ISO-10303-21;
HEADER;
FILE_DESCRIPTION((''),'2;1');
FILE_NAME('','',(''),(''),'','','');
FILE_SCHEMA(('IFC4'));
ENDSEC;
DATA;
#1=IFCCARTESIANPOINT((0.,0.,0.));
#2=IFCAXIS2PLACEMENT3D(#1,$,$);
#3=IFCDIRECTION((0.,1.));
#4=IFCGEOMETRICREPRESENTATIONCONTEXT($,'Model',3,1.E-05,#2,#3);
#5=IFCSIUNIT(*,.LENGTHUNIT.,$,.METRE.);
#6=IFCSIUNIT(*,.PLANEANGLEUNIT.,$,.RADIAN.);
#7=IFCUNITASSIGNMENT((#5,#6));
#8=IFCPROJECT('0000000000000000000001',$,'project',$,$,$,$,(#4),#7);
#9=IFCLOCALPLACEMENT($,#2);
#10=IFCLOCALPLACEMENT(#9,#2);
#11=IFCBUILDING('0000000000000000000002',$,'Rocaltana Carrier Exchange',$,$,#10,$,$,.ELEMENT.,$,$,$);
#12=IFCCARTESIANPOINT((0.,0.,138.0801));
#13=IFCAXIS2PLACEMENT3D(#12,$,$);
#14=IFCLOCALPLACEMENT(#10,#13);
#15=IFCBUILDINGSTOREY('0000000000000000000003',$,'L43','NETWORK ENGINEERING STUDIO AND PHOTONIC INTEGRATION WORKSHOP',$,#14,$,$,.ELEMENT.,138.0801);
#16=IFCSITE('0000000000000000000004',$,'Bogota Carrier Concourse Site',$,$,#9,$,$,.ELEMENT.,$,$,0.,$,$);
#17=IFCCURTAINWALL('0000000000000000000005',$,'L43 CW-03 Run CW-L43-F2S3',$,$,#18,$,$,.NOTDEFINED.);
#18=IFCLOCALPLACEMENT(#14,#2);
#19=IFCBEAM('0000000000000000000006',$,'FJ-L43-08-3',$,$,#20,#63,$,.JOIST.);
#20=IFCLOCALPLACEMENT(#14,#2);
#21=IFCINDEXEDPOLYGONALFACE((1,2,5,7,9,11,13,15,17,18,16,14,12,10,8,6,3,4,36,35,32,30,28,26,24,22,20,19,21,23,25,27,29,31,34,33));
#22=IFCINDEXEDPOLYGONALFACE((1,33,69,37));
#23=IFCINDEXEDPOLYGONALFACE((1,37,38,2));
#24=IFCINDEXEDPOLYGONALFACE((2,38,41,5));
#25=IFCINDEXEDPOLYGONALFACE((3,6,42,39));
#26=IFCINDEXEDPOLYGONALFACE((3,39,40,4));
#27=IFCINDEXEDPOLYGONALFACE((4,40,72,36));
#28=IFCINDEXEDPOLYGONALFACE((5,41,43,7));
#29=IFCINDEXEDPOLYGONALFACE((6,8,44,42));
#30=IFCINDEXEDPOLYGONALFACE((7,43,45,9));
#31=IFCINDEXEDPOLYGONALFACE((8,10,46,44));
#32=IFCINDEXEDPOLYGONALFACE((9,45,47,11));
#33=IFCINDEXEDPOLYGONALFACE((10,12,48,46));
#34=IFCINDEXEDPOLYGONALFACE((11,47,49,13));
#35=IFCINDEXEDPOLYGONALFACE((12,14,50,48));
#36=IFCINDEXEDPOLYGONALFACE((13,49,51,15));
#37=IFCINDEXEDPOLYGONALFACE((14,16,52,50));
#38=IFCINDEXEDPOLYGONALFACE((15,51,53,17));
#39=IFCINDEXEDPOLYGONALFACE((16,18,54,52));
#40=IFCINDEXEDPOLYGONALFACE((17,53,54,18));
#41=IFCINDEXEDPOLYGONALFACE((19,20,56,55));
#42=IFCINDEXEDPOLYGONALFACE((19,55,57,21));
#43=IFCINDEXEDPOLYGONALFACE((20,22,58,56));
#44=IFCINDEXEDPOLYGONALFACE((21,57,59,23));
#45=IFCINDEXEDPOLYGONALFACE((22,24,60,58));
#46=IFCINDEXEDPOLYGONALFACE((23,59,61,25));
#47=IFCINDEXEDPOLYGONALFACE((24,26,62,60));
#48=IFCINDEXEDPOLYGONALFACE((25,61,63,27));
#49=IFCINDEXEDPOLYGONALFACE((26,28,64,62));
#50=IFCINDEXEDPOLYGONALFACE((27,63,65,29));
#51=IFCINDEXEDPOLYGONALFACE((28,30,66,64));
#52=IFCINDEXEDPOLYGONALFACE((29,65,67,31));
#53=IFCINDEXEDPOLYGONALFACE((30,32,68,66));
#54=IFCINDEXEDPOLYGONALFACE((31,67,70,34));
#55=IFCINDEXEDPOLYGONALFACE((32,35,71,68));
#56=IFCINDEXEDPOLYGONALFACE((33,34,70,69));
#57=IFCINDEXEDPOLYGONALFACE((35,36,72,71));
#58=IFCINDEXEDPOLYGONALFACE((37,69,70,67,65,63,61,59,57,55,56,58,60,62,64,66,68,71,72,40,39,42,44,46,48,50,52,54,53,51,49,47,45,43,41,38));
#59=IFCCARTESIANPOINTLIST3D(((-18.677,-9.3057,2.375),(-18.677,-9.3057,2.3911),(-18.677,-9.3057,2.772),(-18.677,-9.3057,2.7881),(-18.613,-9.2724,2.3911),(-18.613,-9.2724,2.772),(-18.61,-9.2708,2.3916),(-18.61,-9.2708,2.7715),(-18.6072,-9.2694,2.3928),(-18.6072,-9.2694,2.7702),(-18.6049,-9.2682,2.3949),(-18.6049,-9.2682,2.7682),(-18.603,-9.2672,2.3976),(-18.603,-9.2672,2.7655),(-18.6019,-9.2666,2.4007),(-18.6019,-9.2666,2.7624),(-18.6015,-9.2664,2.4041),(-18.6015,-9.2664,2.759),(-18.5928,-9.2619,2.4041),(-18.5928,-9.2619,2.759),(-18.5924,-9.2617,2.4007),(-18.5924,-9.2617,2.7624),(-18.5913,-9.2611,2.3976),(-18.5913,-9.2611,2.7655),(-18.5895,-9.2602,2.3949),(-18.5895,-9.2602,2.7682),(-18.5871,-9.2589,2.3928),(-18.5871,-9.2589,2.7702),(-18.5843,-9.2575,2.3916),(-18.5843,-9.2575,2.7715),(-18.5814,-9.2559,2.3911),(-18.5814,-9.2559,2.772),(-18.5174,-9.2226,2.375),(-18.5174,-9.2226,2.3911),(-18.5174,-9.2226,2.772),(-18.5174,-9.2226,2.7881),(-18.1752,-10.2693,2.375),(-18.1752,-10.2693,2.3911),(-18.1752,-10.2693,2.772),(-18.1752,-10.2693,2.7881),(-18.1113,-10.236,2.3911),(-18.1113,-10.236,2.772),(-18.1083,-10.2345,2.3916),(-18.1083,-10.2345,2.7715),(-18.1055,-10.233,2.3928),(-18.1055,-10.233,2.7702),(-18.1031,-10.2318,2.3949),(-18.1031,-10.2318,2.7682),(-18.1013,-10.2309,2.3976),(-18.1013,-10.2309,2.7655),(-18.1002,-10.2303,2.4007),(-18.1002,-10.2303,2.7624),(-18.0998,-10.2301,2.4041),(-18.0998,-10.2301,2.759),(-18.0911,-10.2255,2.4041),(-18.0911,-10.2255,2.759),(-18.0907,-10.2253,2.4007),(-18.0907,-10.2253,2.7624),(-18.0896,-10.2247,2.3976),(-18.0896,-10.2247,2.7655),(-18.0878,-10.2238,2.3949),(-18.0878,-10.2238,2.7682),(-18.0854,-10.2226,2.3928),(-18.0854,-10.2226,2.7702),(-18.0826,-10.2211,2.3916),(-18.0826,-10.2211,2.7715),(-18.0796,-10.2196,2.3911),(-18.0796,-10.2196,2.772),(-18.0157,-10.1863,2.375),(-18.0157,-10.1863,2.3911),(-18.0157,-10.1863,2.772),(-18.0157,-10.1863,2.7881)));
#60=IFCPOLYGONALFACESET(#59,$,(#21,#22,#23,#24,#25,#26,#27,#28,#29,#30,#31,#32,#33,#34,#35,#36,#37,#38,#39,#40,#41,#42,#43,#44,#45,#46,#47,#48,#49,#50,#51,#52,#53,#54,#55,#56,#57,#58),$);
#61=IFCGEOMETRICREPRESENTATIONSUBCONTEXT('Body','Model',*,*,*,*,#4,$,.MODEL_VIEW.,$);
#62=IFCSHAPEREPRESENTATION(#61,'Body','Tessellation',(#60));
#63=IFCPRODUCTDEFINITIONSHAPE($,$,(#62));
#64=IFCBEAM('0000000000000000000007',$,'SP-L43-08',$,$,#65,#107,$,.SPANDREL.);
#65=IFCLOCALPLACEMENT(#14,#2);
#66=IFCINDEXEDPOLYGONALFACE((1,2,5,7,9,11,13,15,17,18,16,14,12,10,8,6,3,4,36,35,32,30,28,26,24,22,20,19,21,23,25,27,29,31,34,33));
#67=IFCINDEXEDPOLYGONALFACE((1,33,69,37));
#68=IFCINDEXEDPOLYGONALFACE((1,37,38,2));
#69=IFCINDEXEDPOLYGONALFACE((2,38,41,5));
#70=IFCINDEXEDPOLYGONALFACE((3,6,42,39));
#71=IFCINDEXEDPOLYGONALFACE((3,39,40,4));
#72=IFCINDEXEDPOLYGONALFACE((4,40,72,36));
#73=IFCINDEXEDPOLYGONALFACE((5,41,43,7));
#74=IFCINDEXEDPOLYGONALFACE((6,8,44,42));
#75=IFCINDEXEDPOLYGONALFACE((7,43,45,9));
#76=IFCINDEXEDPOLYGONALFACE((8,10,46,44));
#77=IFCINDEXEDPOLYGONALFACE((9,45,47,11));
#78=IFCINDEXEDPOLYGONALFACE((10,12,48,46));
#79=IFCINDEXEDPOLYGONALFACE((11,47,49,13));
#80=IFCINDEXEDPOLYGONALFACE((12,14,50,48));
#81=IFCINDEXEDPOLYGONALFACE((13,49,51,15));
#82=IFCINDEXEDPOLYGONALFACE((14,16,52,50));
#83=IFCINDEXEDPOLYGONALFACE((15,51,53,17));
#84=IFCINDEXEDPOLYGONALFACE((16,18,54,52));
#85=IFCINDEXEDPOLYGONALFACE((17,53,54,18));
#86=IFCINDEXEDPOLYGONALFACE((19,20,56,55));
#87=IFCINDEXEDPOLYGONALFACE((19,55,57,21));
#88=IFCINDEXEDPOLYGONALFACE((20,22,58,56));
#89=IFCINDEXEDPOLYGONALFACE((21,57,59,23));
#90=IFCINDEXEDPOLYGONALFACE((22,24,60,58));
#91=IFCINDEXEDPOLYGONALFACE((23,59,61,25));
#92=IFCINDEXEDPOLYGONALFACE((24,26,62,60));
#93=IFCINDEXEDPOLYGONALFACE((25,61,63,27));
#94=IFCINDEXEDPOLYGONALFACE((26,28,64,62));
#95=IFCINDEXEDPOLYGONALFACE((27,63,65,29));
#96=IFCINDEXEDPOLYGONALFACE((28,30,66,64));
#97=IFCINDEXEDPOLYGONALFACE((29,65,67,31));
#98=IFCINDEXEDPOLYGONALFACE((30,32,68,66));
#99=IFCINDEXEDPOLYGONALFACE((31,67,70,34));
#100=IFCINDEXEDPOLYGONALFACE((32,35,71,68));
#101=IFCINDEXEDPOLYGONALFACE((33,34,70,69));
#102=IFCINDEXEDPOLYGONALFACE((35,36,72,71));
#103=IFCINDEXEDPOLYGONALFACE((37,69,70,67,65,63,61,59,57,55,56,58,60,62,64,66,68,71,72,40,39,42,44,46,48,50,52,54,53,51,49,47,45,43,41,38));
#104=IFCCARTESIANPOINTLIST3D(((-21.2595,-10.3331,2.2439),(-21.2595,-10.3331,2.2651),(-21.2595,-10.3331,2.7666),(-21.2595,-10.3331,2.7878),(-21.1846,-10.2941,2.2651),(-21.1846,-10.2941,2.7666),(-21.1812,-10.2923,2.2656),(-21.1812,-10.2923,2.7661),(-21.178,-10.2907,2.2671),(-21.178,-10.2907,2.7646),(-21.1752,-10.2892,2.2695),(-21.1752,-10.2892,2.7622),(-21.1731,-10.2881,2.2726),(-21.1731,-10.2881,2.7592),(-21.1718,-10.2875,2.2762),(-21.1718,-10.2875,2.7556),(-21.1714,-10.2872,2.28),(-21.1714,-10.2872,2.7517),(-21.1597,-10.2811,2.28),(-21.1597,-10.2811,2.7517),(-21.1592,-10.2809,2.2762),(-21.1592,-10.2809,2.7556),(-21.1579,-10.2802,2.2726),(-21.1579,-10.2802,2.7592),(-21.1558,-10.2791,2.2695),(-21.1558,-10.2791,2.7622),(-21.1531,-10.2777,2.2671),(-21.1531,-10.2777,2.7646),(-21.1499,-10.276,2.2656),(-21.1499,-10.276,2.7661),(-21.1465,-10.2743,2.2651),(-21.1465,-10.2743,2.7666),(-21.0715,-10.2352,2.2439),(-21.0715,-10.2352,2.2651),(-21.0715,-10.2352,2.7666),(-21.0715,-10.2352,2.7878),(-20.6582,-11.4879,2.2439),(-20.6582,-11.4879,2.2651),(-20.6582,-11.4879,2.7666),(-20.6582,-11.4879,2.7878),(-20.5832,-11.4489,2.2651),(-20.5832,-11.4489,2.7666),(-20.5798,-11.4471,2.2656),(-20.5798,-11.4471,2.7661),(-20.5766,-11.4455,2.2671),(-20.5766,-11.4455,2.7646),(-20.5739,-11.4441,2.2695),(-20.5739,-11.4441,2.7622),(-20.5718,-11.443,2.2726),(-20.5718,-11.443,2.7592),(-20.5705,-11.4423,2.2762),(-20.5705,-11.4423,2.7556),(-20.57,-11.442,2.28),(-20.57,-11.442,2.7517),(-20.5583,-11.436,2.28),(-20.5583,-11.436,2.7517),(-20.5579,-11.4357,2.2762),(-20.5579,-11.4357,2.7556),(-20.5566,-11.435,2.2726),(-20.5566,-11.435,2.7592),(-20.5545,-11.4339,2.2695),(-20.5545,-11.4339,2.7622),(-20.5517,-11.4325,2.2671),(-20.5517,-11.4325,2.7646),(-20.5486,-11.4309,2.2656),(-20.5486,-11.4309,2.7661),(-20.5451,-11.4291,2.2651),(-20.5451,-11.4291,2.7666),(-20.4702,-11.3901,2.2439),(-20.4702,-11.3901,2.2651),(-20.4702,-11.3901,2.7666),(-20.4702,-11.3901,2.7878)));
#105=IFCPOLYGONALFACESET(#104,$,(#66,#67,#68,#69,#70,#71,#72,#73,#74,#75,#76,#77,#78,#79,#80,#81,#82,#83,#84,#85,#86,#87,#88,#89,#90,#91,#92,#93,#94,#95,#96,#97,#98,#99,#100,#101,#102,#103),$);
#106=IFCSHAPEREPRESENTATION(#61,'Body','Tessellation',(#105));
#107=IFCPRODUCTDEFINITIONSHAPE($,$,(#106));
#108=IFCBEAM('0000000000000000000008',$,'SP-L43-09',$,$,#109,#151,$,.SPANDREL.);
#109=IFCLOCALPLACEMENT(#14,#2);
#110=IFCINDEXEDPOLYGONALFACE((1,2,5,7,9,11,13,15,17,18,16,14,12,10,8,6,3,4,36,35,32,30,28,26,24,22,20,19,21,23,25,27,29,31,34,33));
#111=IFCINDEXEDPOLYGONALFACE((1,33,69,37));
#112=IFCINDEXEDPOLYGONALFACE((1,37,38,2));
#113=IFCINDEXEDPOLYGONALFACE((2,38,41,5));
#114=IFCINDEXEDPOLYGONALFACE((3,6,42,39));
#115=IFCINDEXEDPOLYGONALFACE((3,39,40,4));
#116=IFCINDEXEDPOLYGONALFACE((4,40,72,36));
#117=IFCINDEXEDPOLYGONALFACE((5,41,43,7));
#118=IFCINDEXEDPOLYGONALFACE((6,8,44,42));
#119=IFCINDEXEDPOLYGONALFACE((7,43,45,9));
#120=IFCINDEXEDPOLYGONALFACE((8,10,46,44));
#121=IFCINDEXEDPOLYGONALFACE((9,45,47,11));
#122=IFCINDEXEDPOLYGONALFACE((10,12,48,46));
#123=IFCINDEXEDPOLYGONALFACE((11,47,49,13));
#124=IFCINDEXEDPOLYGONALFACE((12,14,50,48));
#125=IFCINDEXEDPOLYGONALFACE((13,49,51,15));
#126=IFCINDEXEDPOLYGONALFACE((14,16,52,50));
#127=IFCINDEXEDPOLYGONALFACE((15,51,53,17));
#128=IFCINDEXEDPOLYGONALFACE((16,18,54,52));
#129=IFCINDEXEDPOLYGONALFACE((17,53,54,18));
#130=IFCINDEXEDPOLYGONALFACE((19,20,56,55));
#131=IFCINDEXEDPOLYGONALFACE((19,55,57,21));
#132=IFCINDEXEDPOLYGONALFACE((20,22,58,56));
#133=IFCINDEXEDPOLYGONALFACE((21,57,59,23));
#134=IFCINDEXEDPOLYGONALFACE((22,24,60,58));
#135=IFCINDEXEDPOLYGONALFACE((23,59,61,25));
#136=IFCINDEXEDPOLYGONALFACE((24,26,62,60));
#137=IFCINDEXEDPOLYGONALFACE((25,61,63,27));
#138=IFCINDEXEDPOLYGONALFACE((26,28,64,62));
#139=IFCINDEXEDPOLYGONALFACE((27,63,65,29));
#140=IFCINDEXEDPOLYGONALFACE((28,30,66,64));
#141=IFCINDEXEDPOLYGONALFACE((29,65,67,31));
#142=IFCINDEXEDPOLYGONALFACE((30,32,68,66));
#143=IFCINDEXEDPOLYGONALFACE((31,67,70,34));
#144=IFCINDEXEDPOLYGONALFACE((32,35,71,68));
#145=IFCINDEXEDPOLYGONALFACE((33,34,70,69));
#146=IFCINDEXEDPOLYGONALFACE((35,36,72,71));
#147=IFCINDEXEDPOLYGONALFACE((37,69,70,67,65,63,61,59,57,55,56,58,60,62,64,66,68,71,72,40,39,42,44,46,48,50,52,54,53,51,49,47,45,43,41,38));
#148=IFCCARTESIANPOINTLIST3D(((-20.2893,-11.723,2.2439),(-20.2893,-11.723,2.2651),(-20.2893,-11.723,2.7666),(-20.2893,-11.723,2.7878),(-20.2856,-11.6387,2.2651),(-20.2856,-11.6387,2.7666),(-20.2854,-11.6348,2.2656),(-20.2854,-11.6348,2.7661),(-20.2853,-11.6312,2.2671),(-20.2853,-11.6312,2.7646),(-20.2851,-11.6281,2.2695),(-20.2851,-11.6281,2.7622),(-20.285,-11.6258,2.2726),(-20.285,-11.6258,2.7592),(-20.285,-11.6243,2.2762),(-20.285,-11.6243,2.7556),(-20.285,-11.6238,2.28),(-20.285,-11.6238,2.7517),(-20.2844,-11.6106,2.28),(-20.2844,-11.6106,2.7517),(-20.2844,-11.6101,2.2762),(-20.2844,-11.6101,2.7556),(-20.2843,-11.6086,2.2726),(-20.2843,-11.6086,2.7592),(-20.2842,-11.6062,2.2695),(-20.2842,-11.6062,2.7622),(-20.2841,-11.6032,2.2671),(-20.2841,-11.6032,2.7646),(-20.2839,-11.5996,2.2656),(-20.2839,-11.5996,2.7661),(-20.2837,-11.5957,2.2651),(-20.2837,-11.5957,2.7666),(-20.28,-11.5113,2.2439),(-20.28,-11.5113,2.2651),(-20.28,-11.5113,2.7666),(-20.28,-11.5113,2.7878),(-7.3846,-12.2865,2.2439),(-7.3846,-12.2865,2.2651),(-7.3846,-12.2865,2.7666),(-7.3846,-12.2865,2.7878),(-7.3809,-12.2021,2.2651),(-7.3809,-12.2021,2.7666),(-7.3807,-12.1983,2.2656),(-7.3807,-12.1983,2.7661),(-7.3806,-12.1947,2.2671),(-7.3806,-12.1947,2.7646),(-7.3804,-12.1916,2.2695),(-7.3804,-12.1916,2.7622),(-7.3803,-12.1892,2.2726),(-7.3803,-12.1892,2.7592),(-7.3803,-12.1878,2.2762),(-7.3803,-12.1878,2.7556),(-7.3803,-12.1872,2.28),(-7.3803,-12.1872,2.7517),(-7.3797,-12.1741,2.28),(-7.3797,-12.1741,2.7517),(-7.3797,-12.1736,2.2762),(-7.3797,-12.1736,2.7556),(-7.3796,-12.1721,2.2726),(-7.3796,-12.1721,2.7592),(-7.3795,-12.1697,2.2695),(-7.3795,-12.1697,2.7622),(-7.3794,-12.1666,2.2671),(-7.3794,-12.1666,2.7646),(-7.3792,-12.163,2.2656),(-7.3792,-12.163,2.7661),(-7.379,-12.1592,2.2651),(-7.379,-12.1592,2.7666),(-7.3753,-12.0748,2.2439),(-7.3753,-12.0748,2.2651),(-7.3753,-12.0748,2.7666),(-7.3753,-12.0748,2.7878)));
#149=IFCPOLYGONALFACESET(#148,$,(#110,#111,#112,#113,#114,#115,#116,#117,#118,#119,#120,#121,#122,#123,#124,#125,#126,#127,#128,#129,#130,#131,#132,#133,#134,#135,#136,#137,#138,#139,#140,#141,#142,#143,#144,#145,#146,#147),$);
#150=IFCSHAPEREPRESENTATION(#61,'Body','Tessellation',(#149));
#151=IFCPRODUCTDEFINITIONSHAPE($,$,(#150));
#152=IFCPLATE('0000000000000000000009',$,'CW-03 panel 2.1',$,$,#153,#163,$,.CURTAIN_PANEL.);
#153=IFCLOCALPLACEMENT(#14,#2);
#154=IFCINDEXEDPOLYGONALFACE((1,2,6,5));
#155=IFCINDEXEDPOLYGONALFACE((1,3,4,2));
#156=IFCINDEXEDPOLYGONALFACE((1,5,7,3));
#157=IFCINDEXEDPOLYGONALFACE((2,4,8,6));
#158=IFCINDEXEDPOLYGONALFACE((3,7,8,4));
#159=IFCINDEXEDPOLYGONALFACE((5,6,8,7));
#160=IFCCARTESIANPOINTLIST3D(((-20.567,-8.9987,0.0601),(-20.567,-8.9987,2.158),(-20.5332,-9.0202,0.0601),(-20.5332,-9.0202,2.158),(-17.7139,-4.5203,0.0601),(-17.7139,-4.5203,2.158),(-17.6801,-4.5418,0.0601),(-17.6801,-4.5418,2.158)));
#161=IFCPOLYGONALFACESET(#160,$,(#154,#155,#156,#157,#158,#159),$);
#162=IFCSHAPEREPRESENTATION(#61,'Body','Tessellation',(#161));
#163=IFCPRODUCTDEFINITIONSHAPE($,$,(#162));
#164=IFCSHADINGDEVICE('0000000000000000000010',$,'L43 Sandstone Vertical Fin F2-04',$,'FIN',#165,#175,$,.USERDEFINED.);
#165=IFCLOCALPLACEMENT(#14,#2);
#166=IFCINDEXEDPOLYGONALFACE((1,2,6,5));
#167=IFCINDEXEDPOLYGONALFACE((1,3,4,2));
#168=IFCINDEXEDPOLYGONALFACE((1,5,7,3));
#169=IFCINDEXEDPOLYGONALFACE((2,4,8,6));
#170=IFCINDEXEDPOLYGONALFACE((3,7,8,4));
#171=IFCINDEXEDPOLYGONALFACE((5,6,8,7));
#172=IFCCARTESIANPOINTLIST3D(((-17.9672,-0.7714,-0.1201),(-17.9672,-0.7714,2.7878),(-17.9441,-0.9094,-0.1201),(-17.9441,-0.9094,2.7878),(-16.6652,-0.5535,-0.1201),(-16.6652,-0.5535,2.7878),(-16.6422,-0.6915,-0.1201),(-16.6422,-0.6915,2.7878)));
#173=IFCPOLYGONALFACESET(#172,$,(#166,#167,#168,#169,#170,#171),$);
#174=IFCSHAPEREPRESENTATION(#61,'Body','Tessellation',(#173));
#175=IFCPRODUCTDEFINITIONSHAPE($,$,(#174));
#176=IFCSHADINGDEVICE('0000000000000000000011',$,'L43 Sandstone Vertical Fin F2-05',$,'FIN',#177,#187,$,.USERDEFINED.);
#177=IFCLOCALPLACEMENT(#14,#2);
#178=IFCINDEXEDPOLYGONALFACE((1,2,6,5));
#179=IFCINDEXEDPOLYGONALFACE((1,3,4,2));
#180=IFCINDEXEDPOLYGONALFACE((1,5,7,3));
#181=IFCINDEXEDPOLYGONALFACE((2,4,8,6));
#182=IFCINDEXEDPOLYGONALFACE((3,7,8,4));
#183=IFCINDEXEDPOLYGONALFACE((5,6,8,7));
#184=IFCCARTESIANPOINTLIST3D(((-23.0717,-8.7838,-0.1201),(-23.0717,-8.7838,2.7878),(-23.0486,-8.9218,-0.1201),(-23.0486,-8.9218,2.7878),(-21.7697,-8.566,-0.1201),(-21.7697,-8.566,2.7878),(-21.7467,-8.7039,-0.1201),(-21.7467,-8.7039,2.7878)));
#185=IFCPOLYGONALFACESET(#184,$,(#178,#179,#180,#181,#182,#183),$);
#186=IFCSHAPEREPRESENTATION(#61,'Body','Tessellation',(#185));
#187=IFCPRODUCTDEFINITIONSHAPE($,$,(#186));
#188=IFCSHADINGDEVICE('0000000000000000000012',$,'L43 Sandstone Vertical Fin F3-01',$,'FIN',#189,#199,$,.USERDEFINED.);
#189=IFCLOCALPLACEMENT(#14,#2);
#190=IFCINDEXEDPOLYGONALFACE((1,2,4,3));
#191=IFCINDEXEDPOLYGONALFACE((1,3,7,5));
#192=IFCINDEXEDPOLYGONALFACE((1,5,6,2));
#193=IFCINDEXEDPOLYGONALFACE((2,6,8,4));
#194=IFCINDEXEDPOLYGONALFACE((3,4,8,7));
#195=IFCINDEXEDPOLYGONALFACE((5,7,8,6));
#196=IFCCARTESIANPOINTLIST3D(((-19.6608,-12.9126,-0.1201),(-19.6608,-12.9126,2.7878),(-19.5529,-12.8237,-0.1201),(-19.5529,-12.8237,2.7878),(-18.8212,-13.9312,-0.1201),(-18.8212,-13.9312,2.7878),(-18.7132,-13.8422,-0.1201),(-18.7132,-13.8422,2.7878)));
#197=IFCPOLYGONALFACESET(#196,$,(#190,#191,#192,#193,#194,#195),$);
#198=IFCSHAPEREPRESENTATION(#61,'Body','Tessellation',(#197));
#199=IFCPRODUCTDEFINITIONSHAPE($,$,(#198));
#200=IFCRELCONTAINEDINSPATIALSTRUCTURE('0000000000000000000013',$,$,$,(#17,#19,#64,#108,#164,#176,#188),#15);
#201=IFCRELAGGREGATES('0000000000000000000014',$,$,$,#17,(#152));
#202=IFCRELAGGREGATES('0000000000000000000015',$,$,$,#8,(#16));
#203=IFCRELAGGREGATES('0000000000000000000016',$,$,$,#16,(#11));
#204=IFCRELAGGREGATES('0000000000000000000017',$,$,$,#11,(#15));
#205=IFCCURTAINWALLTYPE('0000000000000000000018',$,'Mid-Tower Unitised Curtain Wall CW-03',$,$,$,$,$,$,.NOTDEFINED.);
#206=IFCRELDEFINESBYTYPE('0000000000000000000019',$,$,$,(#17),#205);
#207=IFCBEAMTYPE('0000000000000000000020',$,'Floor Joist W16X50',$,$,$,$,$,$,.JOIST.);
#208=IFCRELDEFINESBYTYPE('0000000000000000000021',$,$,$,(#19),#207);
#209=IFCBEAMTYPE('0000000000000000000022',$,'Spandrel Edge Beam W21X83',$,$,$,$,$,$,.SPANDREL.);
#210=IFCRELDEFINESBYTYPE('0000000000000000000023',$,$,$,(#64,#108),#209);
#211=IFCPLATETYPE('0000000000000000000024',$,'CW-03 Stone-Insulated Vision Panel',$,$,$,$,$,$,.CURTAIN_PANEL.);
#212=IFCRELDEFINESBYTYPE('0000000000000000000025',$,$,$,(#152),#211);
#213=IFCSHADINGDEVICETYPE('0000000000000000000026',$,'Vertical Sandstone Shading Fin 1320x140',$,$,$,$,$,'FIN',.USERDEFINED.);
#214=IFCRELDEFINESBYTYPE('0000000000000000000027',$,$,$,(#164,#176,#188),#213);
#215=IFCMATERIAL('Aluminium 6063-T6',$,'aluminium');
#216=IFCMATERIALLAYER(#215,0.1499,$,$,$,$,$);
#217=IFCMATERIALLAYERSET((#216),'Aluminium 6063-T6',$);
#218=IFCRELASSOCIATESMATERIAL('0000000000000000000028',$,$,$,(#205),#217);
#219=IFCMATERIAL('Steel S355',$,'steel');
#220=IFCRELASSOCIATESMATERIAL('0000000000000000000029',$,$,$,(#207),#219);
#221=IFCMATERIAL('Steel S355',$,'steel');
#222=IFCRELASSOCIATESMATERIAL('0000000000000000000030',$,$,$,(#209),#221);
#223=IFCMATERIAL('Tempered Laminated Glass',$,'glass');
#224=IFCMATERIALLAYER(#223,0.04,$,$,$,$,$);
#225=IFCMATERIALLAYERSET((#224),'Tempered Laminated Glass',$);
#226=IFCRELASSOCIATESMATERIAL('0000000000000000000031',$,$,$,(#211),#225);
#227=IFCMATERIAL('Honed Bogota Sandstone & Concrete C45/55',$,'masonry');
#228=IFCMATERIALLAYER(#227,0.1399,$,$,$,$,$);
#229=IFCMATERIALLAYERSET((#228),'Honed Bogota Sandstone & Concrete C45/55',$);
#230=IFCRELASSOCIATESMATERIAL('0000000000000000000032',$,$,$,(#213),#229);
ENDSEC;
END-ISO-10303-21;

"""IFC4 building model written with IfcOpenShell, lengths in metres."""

from ifc_helpers import new_model, si_unit, direction, frame, origin, origin_2d, place, context, subcontext, project, spatial, rectangle, i_section, extrude, material, layer, layer_set, material_profile, profile_set, type_object, element, aggregate, save


model = new_model("IFC4")

# Units and contexts
model_context = context("Model", 3, precision=1e-05, world=origin(), true_north=direction((0.0, 1.0)))
body_context = subcontext(model_context, "Body", "Model", "MODEL_VIEW")
ifc_project = project(units=[si_unit("LENGTHUNIT", "METRE"), si_unit("PLANEANGLEUNIT", "RADIAN")], contexts=[model_context])

# Site, building, storey
site_placement = place(None, origin())
site = spatial("IfcSite", under=ifc_project, at=site_placement, Name="Bogota Carrier Concourse Site", CompositionType="ELEMENT", RefElevation=0.0)
building_placement = place(site_placement, origin())
building = spatial("IfcBuilding", under=site, at=building_placement, Name="Rocaltana Carrier Exchange", CompositionType="ELEMENT")
storey_placement = place(building_placement, frame((0.0, 0.0, 138.0801)))
storey = spatial("IfcBuildingStorey", under=building, at=storey_placement, Name="L43", Description="NETWORK ENGINEERING STUDIO AND PHOTONIC INTEGRATION WORKSHOP", CompositionType="ELEMENT", Elevation=138.0801)

# Curtain wall
ifc_material_1 = material(Name="Aluminium 6063-T6", Category="aluminium")
ifc_layer_1 = layer(ifc_material_1, 0.1499)
ifc_layer_set_1 = layer_set([ifc_layer_1], Name="Aluminium 6063-T6")
curtain_wall_type = type_object("IfcCurtainWallType", Name="Mid-Tower Unitised Curtain Wall CW-03", PredefinedType="NOTDEFINED", material=ifc_layer_set_1)
curtain_wall_1_placement = place(storey_placement, origin())
curtain_wall_1 = element("IfcCurtainWall", 1, at=curtain_wall_1_placement, inside=storey, type_object=curtain_wall_type, Name="L43 CW-03 Run CW-L43-F2S3", PredefinedType="NOTDEFINED")

# Beams
ifc_material_2 = material(Name="Steel S355", Category="steel")
ifc_material_profile_1 = material_profile(ifc_material_2, i_section(OverallWidth=0.1799, OverallDepth=0.4131, WebThickness=0.0098, FlangeThickness=0.0161, FilletRadius=0.0129, at=origin_2d()), Name="W16X50")
ifc_profile_set_1 = profile_set([ifc_material_profile_1], Name="Steel S355")
beam_type_1 = type_object("IfcBeamType", Name="Floor Joist W16X50", PredefinedType="JOIST", material=ifc_profile_set_1)
beam_1_placement = place(storey_placement, frame((-18.5972, -9.2642, 2.5815), z_axis=(0.461806, -0.886981, 0.0), x_axis=(0.886981, 0.461806, 0.0)))
element("IfcBeam", 2, at=beam_1_placement, inside=storey, type_object=beam_type_1, Name="FJ-L43-08-3", PredefinedType="JOIST", context=body_context, shape_type="SweptSolid", body=[
    extrude(i_section(OverallWidth=0.1799, OverallDepth=0.4131, WebThickness=0.0098, FlangeThickness=0.0161, FilletRadius=0.0129, at=origin_2d()), origin(), (0.0, 0.0, 1.0), 1.0864),
])
ifc_material_3 = material(Name="Steel S355", Category="steel")
ifc_material_profile_2 = material_profile(ifc_material_3, i_section(OverallWidth=0.2119, OverallDepth=0.5439, WebThickness=0.0132, FlangeThickness=0.0212, FilletRadius=0.0149, at=origin_2d()), Name="W21X83")
ifc_profile_set_2 = profile_set([ifc_material_profile_2], Name="Steel S355")
beam_type_2 = type_object("IfcBeamType", Name="Spandrel Edge Beam W21X83", PredefinedType="SPANDREL", material=ifc_profile_set_2)
beam_2_placement = place(storey_placement, frame((-21.1655, -10.2842, 2.5159), z_axis=(0.461855, -0.886956, 0.0), x_axis=(0.886956, 0.461855, 0.0)))
element("IfcBeam", 3, at=beam_2_placement, inside=storey, type_object=beam_type_2, Name="SP-L43-08", PredefinedType="SPANDREL", context=body_context, shape_type="SweptSolid", body=[
    extrude(i_section(OverallWidth=0.2119, OverallDepth=0.5439, WebThickness=0.0132, FlangeThickness=0.0212, FilletRadius=0.0149, at=origin_2d()), origin(), (0.0, 0.0, 1.0), 1.302),
])
beam_3_placement = place(storey_placement, frame((-20.2847, -11.6172, 2.5159), z_axis=(0.999048, -0.043623, 0.0), x_axis=(0.043623, 0.999048, 0.0)))
element("IfcBeam", 4, at=beam_3_placement, inside=storey, type_object=beam_type_2, Name="SP-L43-09", PredefinedType="SPANDREL", context=body_context, shape_type="SweptSolid", body=[
    extrude(i_section(OverallWidth=0.2119, OverallDepth=0.5439, WebThickness=0.0132, FlangeThickness=0.0212, FilletRadius=0.0149, at=origin_2d()), origin(), (0.0, 0.0, 1.0), 12.917),
])

# Plate
ifc_material_4 = material(Name="Tempered Laminated Glass", Category="glass")
ifc_layer_2 = layer(ifc_material_4, 0.04)
ifc_layer_set_2 = layer_set([ifc_layer_2], Name="Tempered Laminated Glass")
plate_type = type_object("IfcPlateType", Name="CW-03 Stone-Insulated Vision Panel", PredefinedType="CURTAIN_PANEL", material=ifc_layer_set_2)
plate_placement = place(storey_placement, frame((-19.1235, -6.7703, 0.0601), z_axis=(0.0, 0.0, 1.0), x_axis=(-0.537301, -0.843391, 0.0)))
plate = element("IfcPlate", 5, at=plate_placement, type_object=plate_type, Name="CW-03 panel 2.1", PredefinedType="CURTAIN_PANEL", context=body_context, shape_type="SweptSolid", body=[
    extrude(rectangle(XDim=5.3101, YDim=0.04, at=origin_2d()), origin(), (0.0, 0.0, 1.0), 2.0979),
])
aggregate(curtain_wall_1, [plate])

# Shading devices
ifc_material_5 = material(Name="Honed Bogota Sandstone & Concrete C45/55", Category="masonry")
ifc_layer_3 = layer(ifc_material_5, 0.1399)
ifc_layer_set_3 = layer_set([ifc_layer_3], Name="Honed Bogota Sandstone & Concrete C45/55")
shading_device_type = type_object("IfcShadingDeviceType", Name="Vertical Sandstone Shading Fin 1320x140", ElementType="FIN", PredefinedType="USERDEFINED", material=ifc_layer_set_3)
for number, where, z_axis, x_axis, name in (
    (6, (-17.3047, -0.7314, -0.1201), (0.0, 0.0, 1.0), (-0.986286, -0.165048, 0.0), "L43 Sandstone Vertical Fin F2-04"),
    (7, (-22.4092, -8.7439, -0.1201), (0.0, 0.0, 1.0), (-0.986286, -0.165048, 0.0), "L43 Sandstone Vertical Fin F2-05"),
    (8, (-19.187, -13.3774, -0.1201), (0.0, 0.0, 1.0), (0.636078, -0.771625, 0.0), "L43 Sandstone Vertical Fin F3-01"),
):
    element("IfcShadingDevice", number, at=place(storey_placement, frame(where, z_axis=z_axis, x_axis=x_axis)), inside=storey, type_object=shading_device_type, Name=name, ObjectType="FIN", PredefinedType="USERDEFINED", context=body_context, shape_type="SweptSolid", body=[
        extrude(rectangle(XDim=1.3201, YDim=0.1399, at=origin_2d()), origin(), (0.0, 0.0, 1.0), 2.908),
    ])

save(model, "model.ifc")
